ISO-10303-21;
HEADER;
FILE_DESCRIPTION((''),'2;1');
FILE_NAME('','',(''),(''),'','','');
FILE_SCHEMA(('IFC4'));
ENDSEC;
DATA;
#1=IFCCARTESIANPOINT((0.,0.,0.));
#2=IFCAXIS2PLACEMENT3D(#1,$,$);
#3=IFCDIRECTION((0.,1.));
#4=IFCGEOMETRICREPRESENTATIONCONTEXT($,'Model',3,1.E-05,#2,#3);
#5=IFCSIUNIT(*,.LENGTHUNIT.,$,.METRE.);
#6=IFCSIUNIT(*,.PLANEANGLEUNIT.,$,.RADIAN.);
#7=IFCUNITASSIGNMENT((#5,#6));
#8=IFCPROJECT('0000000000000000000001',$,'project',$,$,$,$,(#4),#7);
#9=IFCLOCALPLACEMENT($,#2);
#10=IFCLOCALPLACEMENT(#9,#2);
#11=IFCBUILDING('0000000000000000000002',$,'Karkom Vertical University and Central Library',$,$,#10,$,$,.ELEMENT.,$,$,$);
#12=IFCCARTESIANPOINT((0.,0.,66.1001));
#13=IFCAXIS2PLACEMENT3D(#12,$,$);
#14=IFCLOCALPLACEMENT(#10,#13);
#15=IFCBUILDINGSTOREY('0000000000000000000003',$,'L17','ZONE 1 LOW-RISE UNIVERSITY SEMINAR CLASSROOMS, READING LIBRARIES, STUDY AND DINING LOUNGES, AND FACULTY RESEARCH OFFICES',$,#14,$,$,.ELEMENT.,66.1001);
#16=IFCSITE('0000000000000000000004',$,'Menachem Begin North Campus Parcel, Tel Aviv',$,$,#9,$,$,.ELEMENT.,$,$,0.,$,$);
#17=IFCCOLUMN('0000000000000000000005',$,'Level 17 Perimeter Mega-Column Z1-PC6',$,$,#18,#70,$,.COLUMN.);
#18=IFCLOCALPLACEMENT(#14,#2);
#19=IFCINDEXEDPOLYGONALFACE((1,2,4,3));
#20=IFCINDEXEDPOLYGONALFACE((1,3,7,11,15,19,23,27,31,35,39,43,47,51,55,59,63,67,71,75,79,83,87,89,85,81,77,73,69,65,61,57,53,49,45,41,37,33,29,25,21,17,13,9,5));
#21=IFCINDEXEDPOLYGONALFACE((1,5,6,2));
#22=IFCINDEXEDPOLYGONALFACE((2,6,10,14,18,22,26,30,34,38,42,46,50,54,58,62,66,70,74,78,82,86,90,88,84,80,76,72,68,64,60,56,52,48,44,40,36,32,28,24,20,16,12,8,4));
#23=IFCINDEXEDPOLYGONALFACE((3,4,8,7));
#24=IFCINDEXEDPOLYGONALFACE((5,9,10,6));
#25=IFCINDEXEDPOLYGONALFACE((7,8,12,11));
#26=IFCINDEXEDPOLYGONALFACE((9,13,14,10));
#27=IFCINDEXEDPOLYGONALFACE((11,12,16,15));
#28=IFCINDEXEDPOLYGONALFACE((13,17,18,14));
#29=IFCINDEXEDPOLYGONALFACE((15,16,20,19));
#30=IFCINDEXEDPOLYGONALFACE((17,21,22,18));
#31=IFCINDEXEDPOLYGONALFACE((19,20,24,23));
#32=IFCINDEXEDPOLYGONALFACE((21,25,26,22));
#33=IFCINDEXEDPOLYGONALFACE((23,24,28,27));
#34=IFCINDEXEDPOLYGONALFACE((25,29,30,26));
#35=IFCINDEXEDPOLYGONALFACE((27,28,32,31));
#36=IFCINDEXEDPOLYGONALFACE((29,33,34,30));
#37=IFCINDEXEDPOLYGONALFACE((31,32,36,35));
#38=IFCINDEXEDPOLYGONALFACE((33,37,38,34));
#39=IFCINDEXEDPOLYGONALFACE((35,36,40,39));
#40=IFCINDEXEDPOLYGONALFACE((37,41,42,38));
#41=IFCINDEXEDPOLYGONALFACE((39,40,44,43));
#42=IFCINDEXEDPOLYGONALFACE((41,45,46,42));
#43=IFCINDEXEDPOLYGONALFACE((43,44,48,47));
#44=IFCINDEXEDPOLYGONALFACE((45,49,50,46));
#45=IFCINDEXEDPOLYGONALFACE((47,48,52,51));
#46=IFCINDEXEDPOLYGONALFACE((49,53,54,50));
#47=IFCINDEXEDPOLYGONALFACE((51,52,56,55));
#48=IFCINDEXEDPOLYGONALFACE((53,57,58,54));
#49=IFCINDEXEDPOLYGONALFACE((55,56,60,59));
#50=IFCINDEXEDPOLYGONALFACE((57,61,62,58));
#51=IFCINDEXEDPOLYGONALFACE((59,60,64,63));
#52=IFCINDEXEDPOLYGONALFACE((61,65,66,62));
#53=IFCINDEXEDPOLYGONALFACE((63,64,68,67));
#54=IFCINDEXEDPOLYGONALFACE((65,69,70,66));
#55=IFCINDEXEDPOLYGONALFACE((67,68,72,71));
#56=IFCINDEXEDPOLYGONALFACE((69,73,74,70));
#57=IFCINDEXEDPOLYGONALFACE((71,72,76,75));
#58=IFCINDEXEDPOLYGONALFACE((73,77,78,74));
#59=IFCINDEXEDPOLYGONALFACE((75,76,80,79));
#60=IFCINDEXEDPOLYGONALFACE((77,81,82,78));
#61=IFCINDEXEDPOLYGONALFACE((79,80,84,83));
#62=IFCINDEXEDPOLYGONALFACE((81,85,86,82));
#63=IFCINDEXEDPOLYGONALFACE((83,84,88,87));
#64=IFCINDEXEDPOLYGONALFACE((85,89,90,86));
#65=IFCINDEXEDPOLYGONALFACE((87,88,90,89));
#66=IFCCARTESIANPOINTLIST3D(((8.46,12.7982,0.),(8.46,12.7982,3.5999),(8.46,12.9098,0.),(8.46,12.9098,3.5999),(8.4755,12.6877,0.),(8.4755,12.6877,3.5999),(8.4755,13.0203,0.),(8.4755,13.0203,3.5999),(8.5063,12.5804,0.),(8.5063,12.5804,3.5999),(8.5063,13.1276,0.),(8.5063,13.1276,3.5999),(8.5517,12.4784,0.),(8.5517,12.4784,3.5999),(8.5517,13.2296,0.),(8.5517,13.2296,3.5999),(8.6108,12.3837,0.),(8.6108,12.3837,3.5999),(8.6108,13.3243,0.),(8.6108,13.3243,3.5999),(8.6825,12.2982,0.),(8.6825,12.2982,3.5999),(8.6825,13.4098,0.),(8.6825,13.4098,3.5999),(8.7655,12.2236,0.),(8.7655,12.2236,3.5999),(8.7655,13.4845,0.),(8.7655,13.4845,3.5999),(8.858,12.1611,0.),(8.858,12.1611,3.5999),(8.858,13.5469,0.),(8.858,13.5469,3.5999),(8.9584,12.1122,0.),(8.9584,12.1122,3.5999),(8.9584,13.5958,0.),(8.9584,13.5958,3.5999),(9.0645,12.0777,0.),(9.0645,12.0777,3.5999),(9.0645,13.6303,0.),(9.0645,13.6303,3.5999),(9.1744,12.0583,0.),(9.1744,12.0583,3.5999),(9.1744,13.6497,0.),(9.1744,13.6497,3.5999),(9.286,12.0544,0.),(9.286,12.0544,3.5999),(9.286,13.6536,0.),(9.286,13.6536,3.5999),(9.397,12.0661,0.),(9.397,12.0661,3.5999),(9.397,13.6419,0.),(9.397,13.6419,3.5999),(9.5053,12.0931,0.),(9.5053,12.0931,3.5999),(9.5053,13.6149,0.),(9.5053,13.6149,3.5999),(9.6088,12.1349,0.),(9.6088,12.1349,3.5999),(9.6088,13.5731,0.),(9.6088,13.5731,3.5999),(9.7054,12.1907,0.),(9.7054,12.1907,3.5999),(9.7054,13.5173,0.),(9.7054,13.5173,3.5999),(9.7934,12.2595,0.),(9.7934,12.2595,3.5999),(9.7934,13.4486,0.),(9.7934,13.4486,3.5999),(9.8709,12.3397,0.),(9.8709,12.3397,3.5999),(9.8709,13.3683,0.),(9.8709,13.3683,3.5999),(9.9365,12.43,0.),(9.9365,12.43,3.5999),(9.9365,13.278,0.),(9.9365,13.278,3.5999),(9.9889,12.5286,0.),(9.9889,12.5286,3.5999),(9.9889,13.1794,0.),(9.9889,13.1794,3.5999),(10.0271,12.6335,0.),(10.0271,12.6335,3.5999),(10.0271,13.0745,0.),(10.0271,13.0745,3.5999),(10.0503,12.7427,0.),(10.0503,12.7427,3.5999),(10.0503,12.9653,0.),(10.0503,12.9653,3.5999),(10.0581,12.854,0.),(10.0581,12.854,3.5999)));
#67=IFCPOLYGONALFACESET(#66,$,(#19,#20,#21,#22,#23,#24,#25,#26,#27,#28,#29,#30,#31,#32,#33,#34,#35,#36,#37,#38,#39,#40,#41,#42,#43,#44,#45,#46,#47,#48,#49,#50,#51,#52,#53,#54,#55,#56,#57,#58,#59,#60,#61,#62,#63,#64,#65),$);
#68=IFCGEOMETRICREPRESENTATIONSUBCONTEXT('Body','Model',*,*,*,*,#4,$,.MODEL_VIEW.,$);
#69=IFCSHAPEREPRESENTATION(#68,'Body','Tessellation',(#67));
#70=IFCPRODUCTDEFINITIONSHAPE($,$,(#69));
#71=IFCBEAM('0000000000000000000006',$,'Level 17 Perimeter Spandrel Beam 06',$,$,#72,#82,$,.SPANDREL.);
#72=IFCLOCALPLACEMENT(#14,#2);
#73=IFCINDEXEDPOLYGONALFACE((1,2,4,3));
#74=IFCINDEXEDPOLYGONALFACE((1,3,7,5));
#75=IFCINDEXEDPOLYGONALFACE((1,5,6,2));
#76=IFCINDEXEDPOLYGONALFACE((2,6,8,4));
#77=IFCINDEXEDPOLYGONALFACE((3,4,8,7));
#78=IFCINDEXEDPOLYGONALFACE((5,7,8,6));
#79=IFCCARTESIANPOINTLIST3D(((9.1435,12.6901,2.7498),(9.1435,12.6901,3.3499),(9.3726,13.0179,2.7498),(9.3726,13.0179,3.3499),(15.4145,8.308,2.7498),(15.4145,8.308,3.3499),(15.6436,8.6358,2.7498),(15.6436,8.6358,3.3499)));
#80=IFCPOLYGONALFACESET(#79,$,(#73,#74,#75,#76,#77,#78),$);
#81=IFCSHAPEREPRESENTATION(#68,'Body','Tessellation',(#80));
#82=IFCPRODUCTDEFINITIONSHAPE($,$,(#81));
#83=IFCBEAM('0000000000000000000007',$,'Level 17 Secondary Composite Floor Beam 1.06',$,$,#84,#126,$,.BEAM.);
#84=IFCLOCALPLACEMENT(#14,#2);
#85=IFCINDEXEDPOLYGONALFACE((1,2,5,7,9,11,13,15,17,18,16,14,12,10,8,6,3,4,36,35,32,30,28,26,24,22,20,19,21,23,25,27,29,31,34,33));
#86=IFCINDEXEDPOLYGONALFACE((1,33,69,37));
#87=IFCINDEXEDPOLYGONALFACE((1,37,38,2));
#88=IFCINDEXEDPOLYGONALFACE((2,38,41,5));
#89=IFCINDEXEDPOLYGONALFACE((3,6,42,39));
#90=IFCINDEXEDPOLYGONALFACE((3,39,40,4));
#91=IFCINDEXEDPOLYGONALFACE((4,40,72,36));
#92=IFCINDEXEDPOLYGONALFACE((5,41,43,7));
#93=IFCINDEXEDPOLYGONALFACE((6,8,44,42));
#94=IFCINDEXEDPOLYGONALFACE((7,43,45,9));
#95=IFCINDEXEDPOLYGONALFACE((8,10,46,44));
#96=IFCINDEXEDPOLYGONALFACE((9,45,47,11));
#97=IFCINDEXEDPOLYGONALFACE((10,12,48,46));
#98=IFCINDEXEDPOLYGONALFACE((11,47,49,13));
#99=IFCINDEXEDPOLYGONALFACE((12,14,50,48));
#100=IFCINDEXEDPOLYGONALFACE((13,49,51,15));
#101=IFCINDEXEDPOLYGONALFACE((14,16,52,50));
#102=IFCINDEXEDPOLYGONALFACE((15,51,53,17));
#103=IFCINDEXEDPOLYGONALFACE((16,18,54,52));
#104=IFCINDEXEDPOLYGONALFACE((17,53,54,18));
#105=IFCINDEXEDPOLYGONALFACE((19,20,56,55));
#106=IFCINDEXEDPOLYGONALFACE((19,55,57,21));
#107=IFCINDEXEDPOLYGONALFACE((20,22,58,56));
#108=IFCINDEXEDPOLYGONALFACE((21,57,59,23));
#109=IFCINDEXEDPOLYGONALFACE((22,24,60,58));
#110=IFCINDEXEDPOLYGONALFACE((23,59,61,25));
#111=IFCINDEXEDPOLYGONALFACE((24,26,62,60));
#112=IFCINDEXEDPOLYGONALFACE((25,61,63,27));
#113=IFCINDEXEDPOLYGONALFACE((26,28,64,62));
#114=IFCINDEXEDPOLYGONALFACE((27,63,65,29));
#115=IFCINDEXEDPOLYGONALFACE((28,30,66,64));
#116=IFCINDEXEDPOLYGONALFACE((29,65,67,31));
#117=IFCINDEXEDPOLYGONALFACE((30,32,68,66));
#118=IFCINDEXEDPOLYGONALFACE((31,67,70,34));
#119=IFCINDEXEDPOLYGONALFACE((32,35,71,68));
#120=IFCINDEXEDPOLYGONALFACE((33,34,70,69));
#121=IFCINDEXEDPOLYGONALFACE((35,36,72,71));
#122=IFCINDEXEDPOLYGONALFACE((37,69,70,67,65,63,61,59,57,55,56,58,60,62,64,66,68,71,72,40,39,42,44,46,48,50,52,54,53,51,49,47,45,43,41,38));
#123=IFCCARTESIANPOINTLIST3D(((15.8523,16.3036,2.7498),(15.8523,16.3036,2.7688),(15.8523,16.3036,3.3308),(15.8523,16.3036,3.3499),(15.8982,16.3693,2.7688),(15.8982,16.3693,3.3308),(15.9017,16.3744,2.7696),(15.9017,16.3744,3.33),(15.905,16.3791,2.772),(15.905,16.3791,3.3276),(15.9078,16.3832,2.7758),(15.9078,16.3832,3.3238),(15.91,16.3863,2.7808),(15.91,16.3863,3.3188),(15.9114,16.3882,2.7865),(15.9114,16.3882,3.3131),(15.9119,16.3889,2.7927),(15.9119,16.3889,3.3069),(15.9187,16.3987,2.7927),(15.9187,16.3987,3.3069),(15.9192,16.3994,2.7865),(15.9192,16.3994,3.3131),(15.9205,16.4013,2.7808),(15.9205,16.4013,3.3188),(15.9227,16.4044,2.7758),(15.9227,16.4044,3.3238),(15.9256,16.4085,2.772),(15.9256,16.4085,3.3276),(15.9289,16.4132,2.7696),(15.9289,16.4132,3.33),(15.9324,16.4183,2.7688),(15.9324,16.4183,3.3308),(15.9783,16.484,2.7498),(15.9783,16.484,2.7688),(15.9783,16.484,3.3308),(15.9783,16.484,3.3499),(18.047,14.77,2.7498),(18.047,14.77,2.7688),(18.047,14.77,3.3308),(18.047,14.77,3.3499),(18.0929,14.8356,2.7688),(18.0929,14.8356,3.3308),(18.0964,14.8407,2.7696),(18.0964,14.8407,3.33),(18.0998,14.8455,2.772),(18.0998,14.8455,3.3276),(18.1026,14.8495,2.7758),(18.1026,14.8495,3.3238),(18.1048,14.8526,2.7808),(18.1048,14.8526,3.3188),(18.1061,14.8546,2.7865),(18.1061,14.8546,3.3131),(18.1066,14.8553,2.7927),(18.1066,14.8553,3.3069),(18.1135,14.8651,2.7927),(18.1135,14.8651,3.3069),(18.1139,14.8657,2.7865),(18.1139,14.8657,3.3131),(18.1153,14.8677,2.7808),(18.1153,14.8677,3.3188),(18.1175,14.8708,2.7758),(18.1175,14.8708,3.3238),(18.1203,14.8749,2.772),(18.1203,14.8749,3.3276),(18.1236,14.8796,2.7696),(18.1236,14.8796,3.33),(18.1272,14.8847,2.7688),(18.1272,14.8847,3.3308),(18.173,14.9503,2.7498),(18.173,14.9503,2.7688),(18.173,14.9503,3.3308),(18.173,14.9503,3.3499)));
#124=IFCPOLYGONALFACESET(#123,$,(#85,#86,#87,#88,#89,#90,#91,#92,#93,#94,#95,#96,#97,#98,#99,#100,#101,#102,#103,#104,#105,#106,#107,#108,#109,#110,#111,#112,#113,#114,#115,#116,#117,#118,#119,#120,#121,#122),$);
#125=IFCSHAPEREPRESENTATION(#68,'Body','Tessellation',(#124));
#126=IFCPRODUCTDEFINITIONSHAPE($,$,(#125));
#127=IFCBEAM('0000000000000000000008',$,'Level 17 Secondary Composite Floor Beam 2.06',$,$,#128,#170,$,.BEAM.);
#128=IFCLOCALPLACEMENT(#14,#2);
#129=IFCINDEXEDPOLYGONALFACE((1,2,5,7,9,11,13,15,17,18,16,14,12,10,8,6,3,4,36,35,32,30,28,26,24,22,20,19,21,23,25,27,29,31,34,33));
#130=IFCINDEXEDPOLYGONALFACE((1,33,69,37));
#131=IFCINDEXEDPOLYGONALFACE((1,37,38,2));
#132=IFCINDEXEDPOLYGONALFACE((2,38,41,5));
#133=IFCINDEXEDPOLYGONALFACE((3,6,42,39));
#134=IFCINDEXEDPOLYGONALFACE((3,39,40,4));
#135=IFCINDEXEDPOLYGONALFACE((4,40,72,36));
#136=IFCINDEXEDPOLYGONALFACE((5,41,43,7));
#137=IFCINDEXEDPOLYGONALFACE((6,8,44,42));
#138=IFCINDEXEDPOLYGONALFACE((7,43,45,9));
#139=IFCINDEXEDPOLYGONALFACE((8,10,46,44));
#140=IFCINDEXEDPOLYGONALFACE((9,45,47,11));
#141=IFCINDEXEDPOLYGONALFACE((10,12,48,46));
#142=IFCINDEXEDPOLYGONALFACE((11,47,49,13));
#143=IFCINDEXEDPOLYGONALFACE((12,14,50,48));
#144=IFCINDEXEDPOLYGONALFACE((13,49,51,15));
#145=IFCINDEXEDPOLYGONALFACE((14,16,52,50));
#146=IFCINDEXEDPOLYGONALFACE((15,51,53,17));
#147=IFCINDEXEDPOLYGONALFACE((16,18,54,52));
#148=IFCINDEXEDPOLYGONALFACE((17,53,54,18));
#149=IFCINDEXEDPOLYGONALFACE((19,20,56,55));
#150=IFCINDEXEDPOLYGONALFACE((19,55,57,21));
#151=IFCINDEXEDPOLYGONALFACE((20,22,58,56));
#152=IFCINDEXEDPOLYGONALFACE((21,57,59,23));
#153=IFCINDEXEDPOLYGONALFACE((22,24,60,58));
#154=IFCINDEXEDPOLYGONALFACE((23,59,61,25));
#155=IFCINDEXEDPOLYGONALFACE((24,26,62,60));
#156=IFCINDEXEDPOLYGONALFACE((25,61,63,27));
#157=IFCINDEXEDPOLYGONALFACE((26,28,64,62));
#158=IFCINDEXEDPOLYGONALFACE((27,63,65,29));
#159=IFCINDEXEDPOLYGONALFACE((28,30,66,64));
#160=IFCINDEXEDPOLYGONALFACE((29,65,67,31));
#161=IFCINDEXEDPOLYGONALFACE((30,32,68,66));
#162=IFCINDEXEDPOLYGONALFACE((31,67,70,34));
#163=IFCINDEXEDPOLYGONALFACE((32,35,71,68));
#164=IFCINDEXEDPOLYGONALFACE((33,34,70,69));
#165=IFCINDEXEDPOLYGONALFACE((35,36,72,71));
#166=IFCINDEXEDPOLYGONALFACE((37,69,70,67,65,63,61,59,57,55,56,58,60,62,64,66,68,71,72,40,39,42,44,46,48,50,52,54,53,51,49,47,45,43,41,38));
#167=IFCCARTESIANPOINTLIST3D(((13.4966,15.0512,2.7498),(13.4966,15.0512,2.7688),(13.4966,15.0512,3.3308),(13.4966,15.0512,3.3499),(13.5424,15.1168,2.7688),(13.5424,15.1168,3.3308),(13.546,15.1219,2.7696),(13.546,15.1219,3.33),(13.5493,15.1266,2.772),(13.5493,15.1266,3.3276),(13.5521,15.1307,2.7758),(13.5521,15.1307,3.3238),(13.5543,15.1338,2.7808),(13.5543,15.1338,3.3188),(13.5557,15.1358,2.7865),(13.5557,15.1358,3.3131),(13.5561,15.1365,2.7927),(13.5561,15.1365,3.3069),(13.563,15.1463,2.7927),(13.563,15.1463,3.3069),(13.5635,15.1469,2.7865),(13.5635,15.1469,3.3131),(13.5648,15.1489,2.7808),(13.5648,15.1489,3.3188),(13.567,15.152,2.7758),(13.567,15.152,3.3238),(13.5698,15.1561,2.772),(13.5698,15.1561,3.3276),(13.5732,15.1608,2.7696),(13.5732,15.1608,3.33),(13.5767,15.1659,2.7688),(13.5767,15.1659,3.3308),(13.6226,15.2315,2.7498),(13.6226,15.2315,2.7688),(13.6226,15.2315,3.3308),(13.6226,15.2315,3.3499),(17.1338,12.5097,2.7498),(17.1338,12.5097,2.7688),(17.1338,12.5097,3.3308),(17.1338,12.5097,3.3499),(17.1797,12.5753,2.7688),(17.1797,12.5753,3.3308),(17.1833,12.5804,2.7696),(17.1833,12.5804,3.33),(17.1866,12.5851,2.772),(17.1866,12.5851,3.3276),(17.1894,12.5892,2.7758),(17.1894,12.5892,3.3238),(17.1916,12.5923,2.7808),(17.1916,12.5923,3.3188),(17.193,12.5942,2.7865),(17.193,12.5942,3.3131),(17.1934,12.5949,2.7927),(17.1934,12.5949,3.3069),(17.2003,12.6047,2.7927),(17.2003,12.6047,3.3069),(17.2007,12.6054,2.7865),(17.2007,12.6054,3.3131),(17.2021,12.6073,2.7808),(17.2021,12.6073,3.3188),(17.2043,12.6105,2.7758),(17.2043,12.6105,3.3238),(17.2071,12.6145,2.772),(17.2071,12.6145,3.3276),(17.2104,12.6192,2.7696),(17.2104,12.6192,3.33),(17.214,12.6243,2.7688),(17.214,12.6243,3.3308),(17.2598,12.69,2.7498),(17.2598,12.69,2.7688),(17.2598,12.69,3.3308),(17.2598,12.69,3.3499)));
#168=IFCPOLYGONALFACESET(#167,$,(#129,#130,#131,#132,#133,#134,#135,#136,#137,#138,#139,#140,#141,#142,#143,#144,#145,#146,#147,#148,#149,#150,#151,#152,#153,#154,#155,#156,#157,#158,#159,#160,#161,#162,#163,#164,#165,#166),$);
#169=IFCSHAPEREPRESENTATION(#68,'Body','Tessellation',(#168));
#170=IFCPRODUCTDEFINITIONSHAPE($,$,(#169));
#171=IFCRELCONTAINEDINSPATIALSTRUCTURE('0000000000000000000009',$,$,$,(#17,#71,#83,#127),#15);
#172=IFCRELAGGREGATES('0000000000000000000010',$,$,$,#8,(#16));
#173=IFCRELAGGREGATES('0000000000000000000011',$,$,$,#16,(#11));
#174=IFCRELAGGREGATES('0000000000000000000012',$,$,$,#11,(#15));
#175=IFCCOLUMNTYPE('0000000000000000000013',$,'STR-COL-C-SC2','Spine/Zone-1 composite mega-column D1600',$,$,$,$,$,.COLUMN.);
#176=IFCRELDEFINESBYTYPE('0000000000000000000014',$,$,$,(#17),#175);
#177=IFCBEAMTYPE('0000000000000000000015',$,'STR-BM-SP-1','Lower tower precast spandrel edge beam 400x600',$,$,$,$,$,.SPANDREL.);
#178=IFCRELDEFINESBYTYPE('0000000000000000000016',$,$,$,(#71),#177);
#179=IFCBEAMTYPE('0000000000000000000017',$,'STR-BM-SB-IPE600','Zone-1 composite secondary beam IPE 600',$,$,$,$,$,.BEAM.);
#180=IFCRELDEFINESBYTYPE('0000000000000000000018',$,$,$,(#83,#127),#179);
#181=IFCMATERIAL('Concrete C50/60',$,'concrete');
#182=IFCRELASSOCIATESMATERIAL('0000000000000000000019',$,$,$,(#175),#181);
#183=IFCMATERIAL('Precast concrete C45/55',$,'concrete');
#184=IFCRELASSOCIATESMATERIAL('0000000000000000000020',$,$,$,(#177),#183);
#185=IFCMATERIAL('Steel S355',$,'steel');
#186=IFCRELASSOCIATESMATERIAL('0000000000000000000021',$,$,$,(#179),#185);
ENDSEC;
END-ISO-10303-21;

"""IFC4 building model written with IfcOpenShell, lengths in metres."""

from ifc_helpers import new_model, si_unit, direction, frame, origin, origin_with_axes, origin_2d, place, context, subcontext, project, spatial, rectangle, circle, i_section, extrude, source, transform, mapped, material, material_profile, profile_set, type_object, element, save


model = new_model("IFC4")

# Units and contexts
model_context = context("Model", 3, precision=1e-05, world=origin(), true_north=direction((0.0, 1.0)))
body_context = subcontext(model_context, "Body", "Model", "MODEL_VIEW")
ifc_project = project(units=[si_unit("LENGTHUNIT", "METRE"), si_unit("PLANEANGLEUNIT", "RADIAN")], contexts=[model_context])

# Site, building, storey
site_placement = place(None, origin())
site = spatial("IfcSite", under=ifc_project, at=site_placement, Name="Menachem Begin North Campus Parcel, Tel Aviv", CompositionType="ELEMENT", RefElevation=0.0)
building_placement = place(site_placement, origin())
building = spatial("IfcBuilding", under=site, at=building_placement, Name="Karkom Vertical University and Central Library", CompositionType="ELEMENT")
storey_placement = place(building_placement, frame((0.0, 0.0, 66.1001)))
storey = spatial("IfcBuildingStorey", under=building, at=storey_placement, Name="L17", Description="ZONE 1 LOW-RISE UNIVERSITY SEMINAR CLASSROOMS, READING LIBRARIES, STUDY AND DINING LOUNGES, AND FACULTY RESEARCH OFFICES", CompositionType="ELEMENT", Elevation=66.1001)

# Column
ifc_material_1 = material(Name="Concrete C50/60", Category="concrete")
ifc_material_profile_1 = material_profile(ifc_material_1, circle(Radius=0.8, at=origin_2d()), Name="CFT-D1600")
ifc_profile_set_1 = profile_set([ifc_material_profile_1], Name="Concrete C50/60")
column_type = type_object("IfcColumnType", Name="STR-COL-C-SC2", Description="Spine/Zone-1 composite mega-column D1600", PredefinedType="COLUMN", material=ifc_profile_set_1)
shared_shape_1 = source(origin_with_axes(), body_context, "Body", "SweptSolid", [
    extrude(circle(Radius=0.8, at=origin_2d()), origin(), (0.0, 0.0, 1.0), 3.5999),
])
column_placement = place(storey_placement, frame((9.2581, 12.854, 0.0), z_axis=(0.0, 0.0, 1.0), x_axis=(1.0, 0.0, 0.0)))
element("IfcColumn", 1, at=column_placement, inside=storey, type_object=column_type, Name="Level 17 Perimeter Mega-Column Z1-PC6", PredefinedType="COLUMN", context=body_context, shape_type="MappedRepresentation", body=[
    mapped(shared_shape_1, transform((0.0, 0.0, 0.0), scale=1.0)),
])

# Beams
ifc_material_2 = material(Name="Precast concrete C45/55", Category="concrete")
ifc_material_profile_2 = material_profile(ifc_material_2, rectangle(XDim=0.3999, YDim=0.6001, at=origin_2d()), Name="SPB-400x600")
ifc_profile_set_2 = profile_set([ifc_material_profile_2], Name="Precast concrete C45/55")
beam_type_1 = type_object("IfcBeamType", Name="STR-BM-SP-1", Description="Lower tower precast spandrel edge beam 400x600", PredefinedType="SPANDREL", material=ifc_profile_set_2)
shared_shape_2 = source(origin_with_axes(), body_context, "Body", "SweptSolid", [
    extrude(rectangle(XDim=0.3999, YDim=0.6001, at=origin_2d()), origin(), (0.0, 0.0, 1.0), 7.6504),
])
beam_1_placement = place(storey_placement, frame((9.2581, 12.854, 3.0498), z_axis=(0.819699, -0.572794, 0.0), x_axis=(0.572794, 0.819699, 0.0)))
element("IfcBeam", 2, at=beam_1_placement, inside=storey, type_object=beam_type_1, Name="Level 17 Perimeter Spandrel Beam 06", PredefinedType="SPANDREL", context=body_context, shape_type="MappedRepresentation", body=[
    mapped(shared_shape_2, transform((0.0, 0.0, 0.0), scale=1.0)),
])
ifc_material_3 = material(Name="Steel S355", Category="steel")
ifc_material_profile_3 = material_profile(ifc_material_3, i_section(OverallWidth=0.22, OverallDepth=0.6001, WebThickness=0.012, FlangeThickness=0.019, FilletRadius=0.0239, at=origin_2d()), Name="IPE 600")
ifc_profile_set_3 = profile_set([ifc_material_profile_3], Name="Steel S355")
beam_type_2 = type_object("IfcBeamType", Name="STR-BM-SB-IPE600", Description="Zone-1 composite secondary beam IPE 600", PredefinedType="BEAM", material=ifc_profile_set_3)
shared_shape_3 = source(origin_with_axes(), body_context, "Body", "SweptSolid", [
    extrude(i_section(OverallWidth=0.22, OverallDepth=0.6001, WebThickness=0.012, FlangeThickness=0.019, FilletRadius=0.0239, at=origin_2d()), origin(), (0.0, 0.0, 1.0), 2.6775),
])
beam_2_placement = place(storey_placement, frame((15.9153, 16.3938, 3.0498), z_axis=(0.819703, -0.572789, 0.0), x_axis=(0.572789, 0.819703, 0.0)))
element("IfcBeam", 3, at=beam_2_placement, inside=storey, type_object=beam_type_2, Name="Level 17 Secondary Composite Floor Beam 1.06", PredefinedType="BEAM", context=body_context, shape_type="MappedRepresentation", body=[
    mapped(shared_shape_3, transform((0.0, 0.0, 0.0), scale=1.0)),
])
shared_shape_4 = source(origin_with_axes(), body_context, "Body", "SweptSolid", [
    extrude(i_section(OverallWidth=0.22, OverallDepth=0.6001, WebThickness=0.012, FlangeThickness=0.019, FilletRadius=0.0239, at=origin_2d()), origin(), (0.0, 0.0, 1.0), 4.4373),
])
beam_3_placement = place(storey_placement, frame((13.5596, 15.1414, 3.0498), z_axis=(0.819712, -0.572775, 0.0), x_axis=(0.572775, 0.819712, 0.0)))
element("IfcBeam", 4, at=beam_3_placement, inside=storey, type_object=beam_type_2, Name="Level 17 Secondary Composite Floor Beam 2.06", PredefinedType="BEAM", context=body_context, shape_type="MappedRepresentation", body=[
    mapped(shared_shape_4, transform((0.0, 0.0, 0.0), scale=1.0)),
])

save(model, "model.ifc")
